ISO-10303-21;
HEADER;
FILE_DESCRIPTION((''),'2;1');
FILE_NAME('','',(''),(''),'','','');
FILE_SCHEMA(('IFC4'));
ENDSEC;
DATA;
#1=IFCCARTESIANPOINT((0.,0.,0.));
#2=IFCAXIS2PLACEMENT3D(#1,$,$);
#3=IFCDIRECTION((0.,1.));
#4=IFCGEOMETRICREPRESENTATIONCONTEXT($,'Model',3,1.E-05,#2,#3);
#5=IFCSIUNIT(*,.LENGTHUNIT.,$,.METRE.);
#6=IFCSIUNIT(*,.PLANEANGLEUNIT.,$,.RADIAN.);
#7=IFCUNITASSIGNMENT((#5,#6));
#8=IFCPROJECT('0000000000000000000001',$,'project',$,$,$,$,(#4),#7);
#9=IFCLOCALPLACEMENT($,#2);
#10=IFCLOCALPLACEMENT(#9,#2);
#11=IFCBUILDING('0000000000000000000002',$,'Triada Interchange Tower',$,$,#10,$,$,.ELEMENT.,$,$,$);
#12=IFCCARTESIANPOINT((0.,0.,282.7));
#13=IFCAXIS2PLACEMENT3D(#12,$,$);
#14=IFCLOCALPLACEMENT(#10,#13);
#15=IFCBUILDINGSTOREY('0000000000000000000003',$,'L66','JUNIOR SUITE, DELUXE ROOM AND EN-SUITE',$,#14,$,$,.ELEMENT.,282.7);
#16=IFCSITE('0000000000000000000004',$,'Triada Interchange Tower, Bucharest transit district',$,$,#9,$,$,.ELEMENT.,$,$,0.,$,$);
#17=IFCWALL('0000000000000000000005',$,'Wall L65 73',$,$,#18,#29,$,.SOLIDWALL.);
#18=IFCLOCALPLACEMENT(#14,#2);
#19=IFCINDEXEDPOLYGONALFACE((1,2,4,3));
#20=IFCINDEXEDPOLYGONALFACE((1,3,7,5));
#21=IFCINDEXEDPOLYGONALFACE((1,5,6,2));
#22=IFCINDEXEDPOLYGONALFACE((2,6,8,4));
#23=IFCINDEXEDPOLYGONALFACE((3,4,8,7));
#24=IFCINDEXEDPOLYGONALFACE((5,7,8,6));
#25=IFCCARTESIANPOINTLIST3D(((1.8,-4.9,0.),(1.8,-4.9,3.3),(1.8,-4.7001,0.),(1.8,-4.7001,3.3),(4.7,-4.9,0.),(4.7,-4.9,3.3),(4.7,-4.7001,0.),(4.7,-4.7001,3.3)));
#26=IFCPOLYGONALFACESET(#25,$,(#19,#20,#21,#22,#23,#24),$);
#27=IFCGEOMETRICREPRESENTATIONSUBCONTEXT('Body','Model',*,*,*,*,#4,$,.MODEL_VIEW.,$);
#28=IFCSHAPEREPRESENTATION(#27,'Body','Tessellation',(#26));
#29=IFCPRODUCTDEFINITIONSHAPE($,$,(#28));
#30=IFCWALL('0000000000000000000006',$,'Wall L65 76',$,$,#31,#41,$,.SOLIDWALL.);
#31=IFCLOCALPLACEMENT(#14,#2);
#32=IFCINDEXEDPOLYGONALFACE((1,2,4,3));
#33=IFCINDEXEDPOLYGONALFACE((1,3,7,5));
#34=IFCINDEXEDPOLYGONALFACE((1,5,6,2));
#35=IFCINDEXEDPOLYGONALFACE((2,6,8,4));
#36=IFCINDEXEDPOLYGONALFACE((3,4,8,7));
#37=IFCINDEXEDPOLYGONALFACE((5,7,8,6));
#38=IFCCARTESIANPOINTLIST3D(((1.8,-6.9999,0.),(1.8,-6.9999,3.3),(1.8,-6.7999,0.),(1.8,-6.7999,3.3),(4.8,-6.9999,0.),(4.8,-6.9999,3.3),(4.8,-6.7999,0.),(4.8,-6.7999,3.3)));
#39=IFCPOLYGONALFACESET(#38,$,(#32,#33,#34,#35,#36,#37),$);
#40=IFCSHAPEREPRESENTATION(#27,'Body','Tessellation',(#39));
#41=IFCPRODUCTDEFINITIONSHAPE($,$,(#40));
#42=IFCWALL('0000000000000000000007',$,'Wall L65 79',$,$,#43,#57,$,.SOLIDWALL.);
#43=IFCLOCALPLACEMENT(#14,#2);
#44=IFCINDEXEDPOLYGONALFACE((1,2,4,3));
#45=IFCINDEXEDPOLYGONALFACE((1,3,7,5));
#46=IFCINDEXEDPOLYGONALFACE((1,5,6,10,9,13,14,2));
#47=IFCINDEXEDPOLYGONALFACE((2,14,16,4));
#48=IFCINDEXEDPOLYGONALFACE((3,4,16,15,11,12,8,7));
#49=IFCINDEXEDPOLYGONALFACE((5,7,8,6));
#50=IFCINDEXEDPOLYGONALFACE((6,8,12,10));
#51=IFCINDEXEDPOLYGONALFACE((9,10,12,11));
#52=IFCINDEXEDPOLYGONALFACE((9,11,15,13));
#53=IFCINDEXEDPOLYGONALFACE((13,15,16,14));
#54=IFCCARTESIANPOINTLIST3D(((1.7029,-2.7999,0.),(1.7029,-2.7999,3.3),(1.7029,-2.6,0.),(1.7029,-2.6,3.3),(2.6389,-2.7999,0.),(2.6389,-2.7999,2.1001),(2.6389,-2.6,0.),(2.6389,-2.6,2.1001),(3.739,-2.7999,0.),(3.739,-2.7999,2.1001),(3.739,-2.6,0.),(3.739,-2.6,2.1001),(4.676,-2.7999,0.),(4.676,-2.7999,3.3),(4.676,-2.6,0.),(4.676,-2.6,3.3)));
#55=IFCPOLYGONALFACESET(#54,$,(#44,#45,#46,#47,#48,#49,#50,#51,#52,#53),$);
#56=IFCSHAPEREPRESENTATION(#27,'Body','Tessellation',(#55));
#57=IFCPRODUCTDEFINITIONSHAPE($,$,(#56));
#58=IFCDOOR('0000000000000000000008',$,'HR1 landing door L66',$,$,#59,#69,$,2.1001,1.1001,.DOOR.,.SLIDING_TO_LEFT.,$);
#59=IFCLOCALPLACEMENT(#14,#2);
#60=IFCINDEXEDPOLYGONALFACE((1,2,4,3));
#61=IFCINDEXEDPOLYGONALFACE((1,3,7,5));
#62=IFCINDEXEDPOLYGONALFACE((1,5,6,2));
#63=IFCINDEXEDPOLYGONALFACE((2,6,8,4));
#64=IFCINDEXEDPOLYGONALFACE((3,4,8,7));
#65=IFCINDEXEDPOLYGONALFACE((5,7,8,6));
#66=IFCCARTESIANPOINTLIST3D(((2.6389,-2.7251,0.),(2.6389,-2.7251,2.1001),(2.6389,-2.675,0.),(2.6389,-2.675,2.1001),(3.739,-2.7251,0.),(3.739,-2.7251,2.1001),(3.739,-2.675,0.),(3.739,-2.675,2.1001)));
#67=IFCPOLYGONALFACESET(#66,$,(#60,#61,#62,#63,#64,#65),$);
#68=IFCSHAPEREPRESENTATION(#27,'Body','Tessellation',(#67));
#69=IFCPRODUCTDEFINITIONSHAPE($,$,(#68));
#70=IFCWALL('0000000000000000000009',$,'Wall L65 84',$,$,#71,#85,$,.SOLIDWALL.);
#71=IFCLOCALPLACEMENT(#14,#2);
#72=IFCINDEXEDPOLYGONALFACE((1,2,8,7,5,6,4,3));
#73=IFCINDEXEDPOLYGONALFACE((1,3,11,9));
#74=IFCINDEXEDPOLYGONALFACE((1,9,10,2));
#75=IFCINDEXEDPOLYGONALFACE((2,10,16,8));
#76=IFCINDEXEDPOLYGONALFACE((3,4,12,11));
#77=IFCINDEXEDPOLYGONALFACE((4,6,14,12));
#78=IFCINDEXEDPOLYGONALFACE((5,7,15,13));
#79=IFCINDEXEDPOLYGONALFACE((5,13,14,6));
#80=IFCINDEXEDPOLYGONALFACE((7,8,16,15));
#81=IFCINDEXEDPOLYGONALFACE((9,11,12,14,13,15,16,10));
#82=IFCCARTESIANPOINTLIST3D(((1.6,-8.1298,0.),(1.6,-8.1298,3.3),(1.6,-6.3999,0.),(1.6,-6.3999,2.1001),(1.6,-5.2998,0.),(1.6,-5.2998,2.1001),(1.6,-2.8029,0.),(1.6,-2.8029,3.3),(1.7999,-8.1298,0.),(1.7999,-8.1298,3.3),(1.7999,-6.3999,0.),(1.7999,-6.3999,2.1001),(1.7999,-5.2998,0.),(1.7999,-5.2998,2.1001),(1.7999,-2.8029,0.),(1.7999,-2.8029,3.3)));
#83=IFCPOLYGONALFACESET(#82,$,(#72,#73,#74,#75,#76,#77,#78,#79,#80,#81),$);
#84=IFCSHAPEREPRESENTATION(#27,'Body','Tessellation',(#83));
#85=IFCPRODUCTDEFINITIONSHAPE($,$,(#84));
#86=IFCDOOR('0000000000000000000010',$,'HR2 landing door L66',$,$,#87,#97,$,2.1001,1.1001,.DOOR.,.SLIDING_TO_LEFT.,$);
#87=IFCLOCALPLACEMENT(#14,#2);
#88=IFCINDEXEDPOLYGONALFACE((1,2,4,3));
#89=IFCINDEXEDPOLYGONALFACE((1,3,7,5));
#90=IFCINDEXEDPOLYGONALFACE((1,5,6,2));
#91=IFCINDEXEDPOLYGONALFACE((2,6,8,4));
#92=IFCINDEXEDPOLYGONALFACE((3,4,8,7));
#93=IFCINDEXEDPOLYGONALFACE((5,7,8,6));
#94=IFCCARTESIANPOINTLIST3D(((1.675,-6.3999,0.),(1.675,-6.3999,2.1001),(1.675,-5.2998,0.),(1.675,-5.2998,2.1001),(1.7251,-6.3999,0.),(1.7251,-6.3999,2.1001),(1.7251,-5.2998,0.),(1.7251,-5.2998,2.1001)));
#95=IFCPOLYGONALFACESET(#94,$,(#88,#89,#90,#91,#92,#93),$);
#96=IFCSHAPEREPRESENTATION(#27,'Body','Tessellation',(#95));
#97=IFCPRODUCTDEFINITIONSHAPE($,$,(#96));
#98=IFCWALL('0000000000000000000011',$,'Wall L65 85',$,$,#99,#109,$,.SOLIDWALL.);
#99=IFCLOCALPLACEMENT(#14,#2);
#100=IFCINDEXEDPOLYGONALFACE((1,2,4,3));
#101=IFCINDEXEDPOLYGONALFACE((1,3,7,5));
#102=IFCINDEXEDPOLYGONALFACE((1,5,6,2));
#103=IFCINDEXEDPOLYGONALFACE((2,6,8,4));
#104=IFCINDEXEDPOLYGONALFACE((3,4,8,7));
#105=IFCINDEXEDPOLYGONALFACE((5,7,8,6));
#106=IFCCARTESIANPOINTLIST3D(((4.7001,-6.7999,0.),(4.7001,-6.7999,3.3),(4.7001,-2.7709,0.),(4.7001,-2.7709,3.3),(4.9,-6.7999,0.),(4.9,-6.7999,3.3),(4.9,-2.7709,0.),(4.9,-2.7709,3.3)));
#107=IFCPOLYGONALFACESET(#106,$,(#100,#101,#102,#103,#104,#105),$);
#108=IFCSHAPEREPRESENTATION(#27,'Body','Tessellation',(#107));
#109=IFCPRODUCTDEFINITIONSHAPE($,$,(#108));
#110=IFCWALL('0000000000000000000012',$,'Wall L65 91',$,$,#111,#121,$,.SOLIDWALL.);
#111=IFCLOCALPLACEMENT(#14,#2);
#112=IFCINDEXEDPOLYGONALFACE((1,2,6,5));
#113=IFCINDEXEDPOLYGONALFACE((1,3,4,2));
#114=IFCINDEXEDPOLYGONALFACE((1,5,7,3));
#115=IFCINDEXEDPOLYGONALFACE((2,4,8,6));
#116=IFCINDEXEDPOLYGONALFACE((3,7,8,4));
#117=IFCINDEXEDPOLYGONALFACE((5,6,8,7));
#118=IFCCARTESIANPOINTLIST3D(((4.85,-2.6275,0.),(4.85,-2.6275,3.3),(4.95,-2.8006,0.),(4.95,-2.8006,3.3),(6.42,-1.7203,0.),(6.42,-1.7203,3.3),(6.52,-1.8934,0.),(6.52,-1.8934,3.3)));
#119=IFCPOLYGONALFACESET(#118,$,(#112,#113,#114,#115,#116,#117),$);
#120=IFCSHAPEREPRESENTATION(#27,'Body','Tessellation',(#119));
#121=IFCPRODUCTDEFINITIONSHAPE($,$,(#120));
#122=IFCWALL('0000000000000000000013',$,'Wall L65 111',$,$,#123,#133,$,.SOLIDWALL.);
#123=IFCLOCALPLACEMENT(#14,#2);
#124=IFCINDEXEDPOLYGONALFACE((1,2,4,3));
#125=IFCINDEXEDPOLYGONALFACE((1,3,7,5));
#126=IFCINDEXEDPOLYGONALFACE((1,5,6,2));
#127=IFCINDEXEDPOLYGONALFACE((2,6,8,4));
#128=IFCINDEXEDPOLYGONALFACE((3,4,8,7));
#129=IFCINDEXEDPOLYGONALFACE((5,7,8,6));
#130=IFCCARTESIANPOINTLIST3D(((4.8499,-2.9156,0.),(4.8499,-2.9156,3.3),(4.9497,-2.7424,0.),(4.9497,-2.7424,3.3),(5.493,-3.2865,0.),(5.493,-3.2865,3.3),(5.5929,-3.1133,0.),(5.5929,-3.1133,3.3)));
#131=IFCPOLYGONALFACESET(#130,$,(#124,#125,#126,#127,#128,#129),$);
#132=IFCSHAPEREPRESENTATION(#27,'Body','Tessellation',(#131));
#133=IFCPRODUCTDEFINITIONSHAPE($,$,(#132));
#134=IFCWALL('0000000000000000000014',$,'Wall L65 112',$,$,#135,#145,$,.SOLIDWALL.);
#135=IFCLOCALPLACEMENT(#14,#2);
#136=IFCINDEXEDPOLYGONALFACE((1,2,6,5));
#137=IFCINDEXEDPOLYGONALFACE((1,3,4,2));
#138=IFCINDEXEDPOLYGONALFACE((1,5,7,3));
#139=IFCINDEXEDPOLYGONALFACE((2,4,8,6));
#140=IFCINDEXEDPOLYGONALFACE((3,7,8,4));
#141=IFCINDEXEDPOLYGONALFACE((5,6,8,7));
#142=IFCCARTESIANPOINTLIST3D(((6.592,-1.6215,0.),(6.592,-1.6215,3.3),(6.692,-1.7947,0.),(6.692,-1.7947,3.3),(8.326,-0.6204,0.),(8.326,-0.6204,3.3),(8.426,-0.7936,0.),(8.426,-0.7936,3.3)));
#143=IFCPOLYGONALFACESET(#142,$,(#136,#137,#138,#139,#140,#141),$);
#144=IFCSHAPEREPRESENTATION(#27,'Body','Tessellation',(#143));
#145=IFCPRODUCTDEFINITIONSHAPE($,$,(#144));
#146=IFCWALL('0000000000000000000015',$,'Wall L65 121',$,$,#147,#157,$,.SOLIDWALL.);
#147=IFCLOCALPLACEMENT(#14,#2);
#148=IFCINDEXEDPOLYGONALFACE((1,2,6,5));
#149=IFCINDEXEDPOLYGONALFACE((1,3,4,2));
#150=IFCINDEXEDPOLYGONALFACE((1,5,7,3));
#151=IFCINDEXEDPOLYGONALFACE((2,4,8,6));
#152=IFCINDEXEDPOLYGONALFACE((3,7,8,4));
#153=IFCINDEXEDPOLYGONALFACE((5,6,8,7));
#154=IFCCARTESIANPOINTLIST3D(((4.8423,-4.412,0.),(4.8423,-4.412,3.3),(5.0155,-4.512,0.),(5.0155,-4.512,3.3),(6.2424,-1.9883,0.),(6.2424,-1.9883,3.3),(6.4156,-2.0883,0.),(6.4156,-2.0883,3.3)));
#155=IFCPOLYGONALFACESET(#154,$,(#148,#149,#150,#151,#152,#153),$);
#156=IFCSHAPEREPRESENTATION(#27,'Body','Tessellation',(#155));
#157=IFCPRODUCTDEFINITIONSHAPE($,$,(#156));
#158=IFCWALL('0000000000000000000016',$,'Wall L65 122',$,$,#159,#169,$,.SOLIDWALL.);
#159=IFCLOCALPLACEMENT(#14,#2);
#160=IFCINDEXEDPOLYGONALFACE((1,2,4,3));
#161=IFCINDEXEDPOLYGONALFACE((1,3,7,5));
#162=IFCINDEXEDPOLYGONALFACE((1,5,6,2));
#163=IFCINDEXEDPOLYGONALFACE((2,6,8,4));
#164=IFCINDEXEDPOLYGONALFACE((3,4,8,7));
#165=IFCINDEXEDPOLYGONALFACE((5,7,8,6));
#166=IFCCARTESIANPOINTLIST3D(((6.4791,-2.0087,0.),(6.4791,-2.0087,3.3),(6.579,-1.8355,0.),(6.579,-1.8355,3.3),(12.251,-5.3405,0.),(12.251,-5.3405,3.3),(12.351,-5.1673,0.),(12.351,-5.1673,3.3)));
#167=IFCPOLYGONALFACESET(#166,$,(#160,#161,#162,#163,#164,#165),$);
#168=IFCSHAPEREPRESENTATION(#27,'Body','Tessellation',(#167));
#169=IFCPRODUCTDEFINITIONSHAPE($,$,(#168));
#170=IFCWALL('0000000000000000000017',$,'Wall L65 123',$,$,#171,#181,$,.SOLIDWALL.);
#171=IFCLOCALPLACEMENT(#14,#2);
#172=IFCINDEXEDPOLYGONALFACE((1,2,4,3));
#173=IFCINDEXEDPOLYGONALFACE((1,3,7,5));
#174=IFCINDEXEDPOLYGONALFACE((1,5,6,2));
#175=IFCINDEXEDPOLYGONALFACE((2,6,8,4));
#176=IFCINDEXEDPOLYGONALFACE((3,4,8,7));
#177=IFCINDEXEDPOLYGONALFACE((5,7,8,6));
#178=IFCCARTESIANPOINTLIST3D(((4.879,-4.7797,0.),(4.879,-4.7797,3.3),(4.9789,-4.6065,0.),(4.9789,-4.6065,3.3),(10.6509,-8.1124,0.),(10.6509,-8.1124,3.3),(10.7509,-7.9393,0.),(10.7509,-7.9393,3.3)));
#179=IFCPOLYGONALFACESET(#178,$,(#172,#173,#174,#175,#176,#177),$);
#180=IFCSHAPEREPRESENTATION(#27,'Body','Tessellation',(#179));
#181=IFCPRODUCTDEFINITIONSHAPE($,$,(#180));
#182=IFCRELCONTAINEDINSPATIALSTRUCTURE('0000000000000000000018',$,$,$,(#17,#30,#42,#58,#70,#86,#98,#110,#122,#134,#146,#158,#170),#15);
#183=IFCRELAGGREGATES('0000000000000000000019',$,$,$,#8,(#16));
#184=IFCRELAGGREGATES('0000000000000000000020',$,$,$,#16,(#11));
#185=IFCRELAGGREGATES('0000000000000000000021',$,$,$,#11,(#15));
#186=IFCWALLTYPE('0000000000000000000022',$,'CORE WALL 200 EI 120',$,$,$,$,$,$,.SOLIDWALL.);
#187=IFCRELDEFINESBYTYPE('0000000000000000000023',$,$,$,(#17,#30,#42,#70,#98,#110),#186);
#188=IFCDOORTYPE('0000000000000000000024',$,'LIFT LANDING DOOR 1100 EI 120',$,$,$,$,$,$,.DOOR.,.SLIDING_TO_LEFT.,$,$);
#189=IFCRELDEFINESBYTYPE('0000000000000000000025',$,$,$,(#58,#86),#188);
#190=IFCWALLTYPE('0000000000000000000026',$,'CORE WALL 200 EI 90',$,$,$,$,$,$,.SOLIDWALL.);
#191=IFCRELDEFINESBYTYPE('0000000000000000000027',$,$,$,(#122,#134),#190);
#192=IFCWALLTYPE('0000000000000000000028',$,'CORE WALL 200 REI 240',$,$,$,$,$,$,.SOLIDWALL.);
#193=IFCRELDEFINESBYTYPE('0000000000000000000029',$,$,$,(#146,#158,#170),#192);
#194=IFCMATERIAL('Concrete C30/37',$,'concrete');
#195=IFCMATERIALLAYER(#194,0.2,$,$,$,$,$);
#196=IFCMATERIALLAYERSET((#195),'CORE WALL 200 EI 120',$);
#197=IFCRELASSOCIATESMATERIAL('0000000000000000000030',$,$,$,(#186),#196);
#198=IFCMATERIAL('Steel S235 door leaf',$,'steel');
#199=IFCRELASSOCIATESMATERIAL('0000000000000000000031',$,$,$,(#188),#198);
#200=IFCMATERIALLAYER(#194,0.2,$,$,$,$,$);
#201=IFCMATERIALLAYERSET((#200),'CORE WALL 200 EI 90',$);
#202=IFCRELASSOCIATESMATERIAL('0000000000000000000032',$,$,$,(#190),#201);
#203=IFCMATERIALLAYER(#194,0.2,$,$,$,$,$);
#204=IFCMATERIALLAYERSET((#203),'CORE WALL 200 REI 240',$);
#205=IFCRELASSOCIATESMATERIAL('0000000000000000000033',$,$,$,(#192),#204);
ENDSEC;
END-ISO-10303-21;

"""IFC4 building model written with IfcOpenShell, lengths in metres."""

from ifc_helpers import new_model, si_unit, direction, frame, frame_2d, origin, place, context, subcontext, project, spatial, rectangle, extrude, material, layer, layer_set, type_object, element, fill, save


model = new_model("IFC4")

# Units and contexts
model_context = context("Model", 3, precision=1e-05, world=origin(), true_north=direction((0.0, 1.0)))
body_context = subcontext(model_context, "Body", "Model", "MODEL_VIEW")
ifc_project = project(units=[si_unit("LENGTHUNIT", "METRE"), si_unit("PLANEANGLEUNIT", "RADIAN")], contexts=[model_context])

# Site, building, storey
site_placement = place(None, origin())
site = spatial("IfcSite", under=ifc_project, at=site_placement, Name="Triada Interchange Tower, Bucharest transit district", CompositionType="ELEMENT", RefElevation=0.0)
building_placement = place(site_placement, origin())
building = spatial("IfcBuilding", under=site, at=building_placement, Name="Triada Interchange Tower", CompositionType="ELEMENT")
storey_placement = place(building_placement, frame((0.0, 0.0, 282.7)))
storey = spatial("IfcBuildingStorey", under=building, at=storey_placement, Name="L66", Description="JUNIOR SUITE, DELUXE ROOM AND EN-SUITE", CompositionType="ELEMENT", Elevation=282.7)

# Walls
ifc_material_1 = material(Name="Concrete C30/37", Category="concrete")
ifc_layer_1 = layer(ifc_material_1, 0.2)
ifc_layer_set_1 = layer_set([ifc_layer_1], Name="CORE WALL 200 EI 120")
wall_type_1 = type_object("IfcWallType", Name="CORE WALL 200 EI 120", PredefinedType="SOLIDWALL", material=ifc_layer_set_1)
wall_1_placement = place(storey_placement, frame((1.8, -4.8, 0.0), z_axis=(0.0, 0.0, 1.0), x_axis=(1.0, 0.0, 0.0)))
element("IfcWall", 1, at=wall_1_placement, inside=storey, type_object=wall_type_1, Name="Wall L65 73", PredefinedType="SOLIDWALL", context=body_context, shape_type="SweptSolid", body=[
    extrude(rectangle(XDim=2.8999, YDim=0.2, at=frame_2d((1.45, 0.0))), origin(), (0.0, 0.0, 1.0), 3.3),
])
wall_2_placement = place(storey_placement, frame((1.8, -6.8999, 0.0), z_axis=(0.0, 0.0, 1.0), x_axis=(1.0, 0.0, 0.0)))
element("IfcWall", 2, at=wall_2_placement, inside=storey, type_object=wall_type_1, Name="Wall L65 76", PredefinedType="SOLIDWALL", context=body_context, shape_type="SweptSolid", body=[
    extrude(rectangle(XDim=3.0, YDim=0.2, at=frame_2d((1.5, 0.0))), origin(), (0.0, 0.0, 1.0), 3.3),
])

# Walls, openings, doors
wall_3_placement = place(storey_placement, frame((1.7029, -2.7, 0.0), z_axis=(0.0, 0.0, 1.0), x_axis=(1.0, 0.0, 0.0)))
wall_3 = element("IfcWall", 3, at=wall_3_placement, inside=storey, type_object=wall_type_1, Name="Wall L65 79", PredefinedType="SOLIDWALL", context=body_context, shape_type="SweptSolid", body=[
    extrude(rectangle(XDim=2.9731, YDim=0.2, at=frame_2d((1.4866, 0.0))), origin(), (0.0, 0.0, 1.0), 3.3),
])
opening_1_placement = place(wall_3_placement, frame((0.936, 0.0, 0.0)))
opening_1 = element("IfcOpeningElement", 4, at=opening_1_placement, cuts=wall_3, PredefinedType="OPENING", context=body_context, shape_type="SweptSolid", body=[
    extrude(rectangle(XDim=1.1001, YDim=2.1001, at=frame_2d((0.55, 1.05))), frame((0.0, 0.1099, 0.0), z_axis=(0.0, -1.0, 0.0), x_axis=(1.0, 0.0, 0.0)), (0.0, 0.0, 1.0), 0.22),
])
ifc_material_2 = material(Name="Steel S235 door leaf", Category="steel")
door_type_1 = type_object("IfcDoorType", Name="LIFT LANDING DOOR 1100 EI 120", OperationType="SLIDING_TO_LEFT", PredefinedType="DOOR", material=ifc_material_2)
door_1_placement = place(opening_1_placement, origin())
door_1 = element("IfcDoor", 5, at=door_1_placement, inside=storey, type_object=door_type_1, Name="HR1 landing door L66", OperationType="SLIDING_TO_LEFT", OverallHeight=2.1001, OverallWidth=1.1001, PredefinedType="DOOR", context=body_context, shape_type="SweptSolid", body=[
    extrude(rectangle(XDim=1.1001, YDim=2.1001, at=frame_2d((0.55, 1.05))), frame((0.0, 0.0249, 0.0), z_axis=(0.0, -1.0, 0.0), x_axis=(1.0, 0.0, 0.0)), (0.0, 0.0, 1.0), 0.05),
])
fill(opening_1, door_1)
wall_4_placement = place(storey_placement, frame((1.7, -8.1299, 0.0), z_axis=(0.0, 0.0, 1.0), x_axis=(0.0, 1.0, 0.0)))
wall_4 = element("IfcWall", 6, at=wall_4_placement, inside=storey, type_object=wall_type_1, Name="Wall L65 84", PredefinedType="SOLIDWALL", context=body_context, shape_type="SweptSolid", body=[
    extrude(rectangle(XDim=5.3269, YDim=0.2, at=frame_2d((2.6636, 0.0))), origin(), (0.0, 0.0, 1.0), 3.3),
])
opening_2_placement = place(wall_4_placement, frame((1.73, 0.0, 0.0)))
opening_2 = element("IfcOpeningElement", 7, at=opening_2_placement, cuts=wall_4, PredefinedType="OPENING", context=body_context, shape_type="SweptSolid", body=[
    extrude(rectangle(XDim=1.1001, YDim=2.1001, at=frame_2d((0.55, 1.05))), frame((0.0, 0.1099, 0.0), z_axis=(0.0, -1.0, 0.0), x_axis=(1.0, 0.0, 0.0)), (0.0, 0.0, 1.0), 0.22),
])
door_2_placement = place(opening_2_placement, origin())
door_2 = element("IfcDoor", 8, at=door_2_placement, inside=storey, type_object=door_type_1, Name="HR2 landing door L66", OperationType="SLIDING_TO_LEFT", OverallHeight=2.1001, OverallWidth=1.1001, PredefinedType="DOOR", context=body_context, shape_type="SweptSolid", body=[
    extrude(rectangle(XDim=1.1001, YDim=2.1001, at=frame_2d((0.55, 1.05))), frame((0.0, 0.0249, 0.0), z_axis=(0.0, -1.0, 0.0), x_axis=(1.0, 0.0, 0.0)), (0.0, 0.0, 1.0), 0.05),
])
fill(opening_2, door_2)

# Walls
wall_5_placement = place(storey_placement, frame((4.8, -6.8, 0.0), z_axis=(0.0, 0.0, 1.0), x_axis=(0.0, 1.0, 0.0)))
element("IfcWall", 9, at=wall_5_placement, inside=storey, type_object=wall_type_1, Name="Wall L65 85", PredefinedType="SOLIDWALL", context=body_context, shape_type="SweptSolid", body=[
    extrude(rectangle(XDim=4.0291, YDim=0.2, at=frame_2d((2.0146, 0.0))), origin(), (0.0, 0.0, 1.0), 3.3),
])
wall_6_placement = place(storey_placement, frame((4.8999, -2.7141, 0.0), z_axis=(0.0, 0.0, 1.0), x_axis=(0.865847, 0.500309, 0.0)))
element("IfcWall", 10, at=wall_6_placement, inside=storey, type_object=wall_type_1, Name="Wall L65 91", PredefinedType="SOLIDWALL", context=body_context, shape_type="SweptSolid", body=[
    extrude(rectangle(XDim=1.8132, YDim=0.2, at=frame_2d((0.9067, 0.0))), origin(), (0.0, 0.0, 1.0), 3.3),
])
ifc_layer_2 = layer(ifc_material_1, 0.2)
ifc_layer_set_2 = layer_set([ifc_layer_2], Name="CORE WALL 200 EI 90")
wall_type_2 = type_object("IfcWallType", Name="CORE WALL 200 EI 90", PredefinedType="SOLIDWALL", material=ifc_layer_set_2)
wall_7_placement = place(storey_placement, frame((4.8999, -2.8291, 0.0), z_axis=(0.0, 0.0, 1.0), x_axis=(0.866273, -0.499571, 0.0)))
element("IfcWall", 11, at=wall_7_placement, inside=storey, type_object=wall_type_2, Name="Wall L65 111", PredefinedType="SOLIDWALL", context=body_context, shape_type="SweptSolid", body=[
    extrude(rectangle(XDim=0.7424, YDim=0.2, at=frame_2d((0.3711, 0.0))), origin(), (0.0, 0.0, 1.0), 3.3),
])
wall_8_placement = place(storey_placement, frame((6.6421, -1.708, 0.0), z_axis=(0.0, 0.0, 1.0), x_axis=(0.866043, 0.499969, 0.0)))
element("IfcWall", 12, at=wall_8_placement, inside=storey, type_object=wall_type_2, Name="Wall L65 112", PredefinedType="SOLIDWALL", context=body_context, shape_type="SweptSolid", body=[
    extrude(rectangle(XDim=2.0022, YDim=0.2, at=frame_2d((1.001, 0.0))), origin(), (0.0, 0.0, 1.0), 3.3),
])
ifc_layer_3 = layer(ifc_material_1, 0.2)
ifc_layer_set_3 = layer_set([ifc_layer_3], Name="CORE WALL 200 REI 240")
wall_type_3 = type_object("IfcWallType", Name="CORE WALL 200 REI 240", PredefinedType="SOLIDWALL", material=ifc_layer_set_3)
wall_9_placement = place(storey_placement, frame((4.929, -4.4619, 0.0), z_axis=(0.0, 0.0, 1.0), x_axis=(0.500201, 0.86591, 0.0)))
element("IfcWall", 13, at=wall_9_placement, inside=storey, type_object=wall_type_3, Name="Wall L65 121", PredefinedType="SOLIDWALL", context=body_context, shape_type="SweptSolid", body=[
    extrude(rectangle(XDim=2.7991, YDim=0.2, at=frame_2d((1.3994, 0.0))), origin(), (0.0, 0.0, 1.0), 3.3),
])
wall_10_placement = place(storey_placement, frame((6.5291, -1.9221, 0.0), z_axis=(0.0, 0.0, 1.0), x_axis=(0.866068, -0.499925, 0.0)))
element("IfcWall", 14, at=wall_10_placement, inside=storey, type_object=wall_type_3, Name="Wall L65 122", PredefinedType="SOLIDWALL", context=body_context, shape_type="SweptSolid", body=[
    extrude(rectangle(XDim=6.6646, YDim=0.2, at=frame_2d((3.3323, 0.0))), origin(), (0.0, 0.0, 1.0), 3.3),
])
wall_11_placement = place(storey_placement, frame((4.929, -4.6931, 0.0), z_axis=(0.0, 0.0, 1.0), x_axis=(0.866005, -0.500035, 0.0)))
element("IfcWall", 15, at=wall_11_placement, inside=storey, type_object=wall_type_3, Name="Wall L65 123", PredefinedType="SOLIDWALL", context=body_context, shape_type="SweptSolid", body=[
    extrude(rectangle(XDim=6.665, YDim=0.2, at=frame_2d((3.3325, 0.0))), origin(), (0.0, 0.0, 1.0), 3.3),
])

save(model, "model.ifc")
